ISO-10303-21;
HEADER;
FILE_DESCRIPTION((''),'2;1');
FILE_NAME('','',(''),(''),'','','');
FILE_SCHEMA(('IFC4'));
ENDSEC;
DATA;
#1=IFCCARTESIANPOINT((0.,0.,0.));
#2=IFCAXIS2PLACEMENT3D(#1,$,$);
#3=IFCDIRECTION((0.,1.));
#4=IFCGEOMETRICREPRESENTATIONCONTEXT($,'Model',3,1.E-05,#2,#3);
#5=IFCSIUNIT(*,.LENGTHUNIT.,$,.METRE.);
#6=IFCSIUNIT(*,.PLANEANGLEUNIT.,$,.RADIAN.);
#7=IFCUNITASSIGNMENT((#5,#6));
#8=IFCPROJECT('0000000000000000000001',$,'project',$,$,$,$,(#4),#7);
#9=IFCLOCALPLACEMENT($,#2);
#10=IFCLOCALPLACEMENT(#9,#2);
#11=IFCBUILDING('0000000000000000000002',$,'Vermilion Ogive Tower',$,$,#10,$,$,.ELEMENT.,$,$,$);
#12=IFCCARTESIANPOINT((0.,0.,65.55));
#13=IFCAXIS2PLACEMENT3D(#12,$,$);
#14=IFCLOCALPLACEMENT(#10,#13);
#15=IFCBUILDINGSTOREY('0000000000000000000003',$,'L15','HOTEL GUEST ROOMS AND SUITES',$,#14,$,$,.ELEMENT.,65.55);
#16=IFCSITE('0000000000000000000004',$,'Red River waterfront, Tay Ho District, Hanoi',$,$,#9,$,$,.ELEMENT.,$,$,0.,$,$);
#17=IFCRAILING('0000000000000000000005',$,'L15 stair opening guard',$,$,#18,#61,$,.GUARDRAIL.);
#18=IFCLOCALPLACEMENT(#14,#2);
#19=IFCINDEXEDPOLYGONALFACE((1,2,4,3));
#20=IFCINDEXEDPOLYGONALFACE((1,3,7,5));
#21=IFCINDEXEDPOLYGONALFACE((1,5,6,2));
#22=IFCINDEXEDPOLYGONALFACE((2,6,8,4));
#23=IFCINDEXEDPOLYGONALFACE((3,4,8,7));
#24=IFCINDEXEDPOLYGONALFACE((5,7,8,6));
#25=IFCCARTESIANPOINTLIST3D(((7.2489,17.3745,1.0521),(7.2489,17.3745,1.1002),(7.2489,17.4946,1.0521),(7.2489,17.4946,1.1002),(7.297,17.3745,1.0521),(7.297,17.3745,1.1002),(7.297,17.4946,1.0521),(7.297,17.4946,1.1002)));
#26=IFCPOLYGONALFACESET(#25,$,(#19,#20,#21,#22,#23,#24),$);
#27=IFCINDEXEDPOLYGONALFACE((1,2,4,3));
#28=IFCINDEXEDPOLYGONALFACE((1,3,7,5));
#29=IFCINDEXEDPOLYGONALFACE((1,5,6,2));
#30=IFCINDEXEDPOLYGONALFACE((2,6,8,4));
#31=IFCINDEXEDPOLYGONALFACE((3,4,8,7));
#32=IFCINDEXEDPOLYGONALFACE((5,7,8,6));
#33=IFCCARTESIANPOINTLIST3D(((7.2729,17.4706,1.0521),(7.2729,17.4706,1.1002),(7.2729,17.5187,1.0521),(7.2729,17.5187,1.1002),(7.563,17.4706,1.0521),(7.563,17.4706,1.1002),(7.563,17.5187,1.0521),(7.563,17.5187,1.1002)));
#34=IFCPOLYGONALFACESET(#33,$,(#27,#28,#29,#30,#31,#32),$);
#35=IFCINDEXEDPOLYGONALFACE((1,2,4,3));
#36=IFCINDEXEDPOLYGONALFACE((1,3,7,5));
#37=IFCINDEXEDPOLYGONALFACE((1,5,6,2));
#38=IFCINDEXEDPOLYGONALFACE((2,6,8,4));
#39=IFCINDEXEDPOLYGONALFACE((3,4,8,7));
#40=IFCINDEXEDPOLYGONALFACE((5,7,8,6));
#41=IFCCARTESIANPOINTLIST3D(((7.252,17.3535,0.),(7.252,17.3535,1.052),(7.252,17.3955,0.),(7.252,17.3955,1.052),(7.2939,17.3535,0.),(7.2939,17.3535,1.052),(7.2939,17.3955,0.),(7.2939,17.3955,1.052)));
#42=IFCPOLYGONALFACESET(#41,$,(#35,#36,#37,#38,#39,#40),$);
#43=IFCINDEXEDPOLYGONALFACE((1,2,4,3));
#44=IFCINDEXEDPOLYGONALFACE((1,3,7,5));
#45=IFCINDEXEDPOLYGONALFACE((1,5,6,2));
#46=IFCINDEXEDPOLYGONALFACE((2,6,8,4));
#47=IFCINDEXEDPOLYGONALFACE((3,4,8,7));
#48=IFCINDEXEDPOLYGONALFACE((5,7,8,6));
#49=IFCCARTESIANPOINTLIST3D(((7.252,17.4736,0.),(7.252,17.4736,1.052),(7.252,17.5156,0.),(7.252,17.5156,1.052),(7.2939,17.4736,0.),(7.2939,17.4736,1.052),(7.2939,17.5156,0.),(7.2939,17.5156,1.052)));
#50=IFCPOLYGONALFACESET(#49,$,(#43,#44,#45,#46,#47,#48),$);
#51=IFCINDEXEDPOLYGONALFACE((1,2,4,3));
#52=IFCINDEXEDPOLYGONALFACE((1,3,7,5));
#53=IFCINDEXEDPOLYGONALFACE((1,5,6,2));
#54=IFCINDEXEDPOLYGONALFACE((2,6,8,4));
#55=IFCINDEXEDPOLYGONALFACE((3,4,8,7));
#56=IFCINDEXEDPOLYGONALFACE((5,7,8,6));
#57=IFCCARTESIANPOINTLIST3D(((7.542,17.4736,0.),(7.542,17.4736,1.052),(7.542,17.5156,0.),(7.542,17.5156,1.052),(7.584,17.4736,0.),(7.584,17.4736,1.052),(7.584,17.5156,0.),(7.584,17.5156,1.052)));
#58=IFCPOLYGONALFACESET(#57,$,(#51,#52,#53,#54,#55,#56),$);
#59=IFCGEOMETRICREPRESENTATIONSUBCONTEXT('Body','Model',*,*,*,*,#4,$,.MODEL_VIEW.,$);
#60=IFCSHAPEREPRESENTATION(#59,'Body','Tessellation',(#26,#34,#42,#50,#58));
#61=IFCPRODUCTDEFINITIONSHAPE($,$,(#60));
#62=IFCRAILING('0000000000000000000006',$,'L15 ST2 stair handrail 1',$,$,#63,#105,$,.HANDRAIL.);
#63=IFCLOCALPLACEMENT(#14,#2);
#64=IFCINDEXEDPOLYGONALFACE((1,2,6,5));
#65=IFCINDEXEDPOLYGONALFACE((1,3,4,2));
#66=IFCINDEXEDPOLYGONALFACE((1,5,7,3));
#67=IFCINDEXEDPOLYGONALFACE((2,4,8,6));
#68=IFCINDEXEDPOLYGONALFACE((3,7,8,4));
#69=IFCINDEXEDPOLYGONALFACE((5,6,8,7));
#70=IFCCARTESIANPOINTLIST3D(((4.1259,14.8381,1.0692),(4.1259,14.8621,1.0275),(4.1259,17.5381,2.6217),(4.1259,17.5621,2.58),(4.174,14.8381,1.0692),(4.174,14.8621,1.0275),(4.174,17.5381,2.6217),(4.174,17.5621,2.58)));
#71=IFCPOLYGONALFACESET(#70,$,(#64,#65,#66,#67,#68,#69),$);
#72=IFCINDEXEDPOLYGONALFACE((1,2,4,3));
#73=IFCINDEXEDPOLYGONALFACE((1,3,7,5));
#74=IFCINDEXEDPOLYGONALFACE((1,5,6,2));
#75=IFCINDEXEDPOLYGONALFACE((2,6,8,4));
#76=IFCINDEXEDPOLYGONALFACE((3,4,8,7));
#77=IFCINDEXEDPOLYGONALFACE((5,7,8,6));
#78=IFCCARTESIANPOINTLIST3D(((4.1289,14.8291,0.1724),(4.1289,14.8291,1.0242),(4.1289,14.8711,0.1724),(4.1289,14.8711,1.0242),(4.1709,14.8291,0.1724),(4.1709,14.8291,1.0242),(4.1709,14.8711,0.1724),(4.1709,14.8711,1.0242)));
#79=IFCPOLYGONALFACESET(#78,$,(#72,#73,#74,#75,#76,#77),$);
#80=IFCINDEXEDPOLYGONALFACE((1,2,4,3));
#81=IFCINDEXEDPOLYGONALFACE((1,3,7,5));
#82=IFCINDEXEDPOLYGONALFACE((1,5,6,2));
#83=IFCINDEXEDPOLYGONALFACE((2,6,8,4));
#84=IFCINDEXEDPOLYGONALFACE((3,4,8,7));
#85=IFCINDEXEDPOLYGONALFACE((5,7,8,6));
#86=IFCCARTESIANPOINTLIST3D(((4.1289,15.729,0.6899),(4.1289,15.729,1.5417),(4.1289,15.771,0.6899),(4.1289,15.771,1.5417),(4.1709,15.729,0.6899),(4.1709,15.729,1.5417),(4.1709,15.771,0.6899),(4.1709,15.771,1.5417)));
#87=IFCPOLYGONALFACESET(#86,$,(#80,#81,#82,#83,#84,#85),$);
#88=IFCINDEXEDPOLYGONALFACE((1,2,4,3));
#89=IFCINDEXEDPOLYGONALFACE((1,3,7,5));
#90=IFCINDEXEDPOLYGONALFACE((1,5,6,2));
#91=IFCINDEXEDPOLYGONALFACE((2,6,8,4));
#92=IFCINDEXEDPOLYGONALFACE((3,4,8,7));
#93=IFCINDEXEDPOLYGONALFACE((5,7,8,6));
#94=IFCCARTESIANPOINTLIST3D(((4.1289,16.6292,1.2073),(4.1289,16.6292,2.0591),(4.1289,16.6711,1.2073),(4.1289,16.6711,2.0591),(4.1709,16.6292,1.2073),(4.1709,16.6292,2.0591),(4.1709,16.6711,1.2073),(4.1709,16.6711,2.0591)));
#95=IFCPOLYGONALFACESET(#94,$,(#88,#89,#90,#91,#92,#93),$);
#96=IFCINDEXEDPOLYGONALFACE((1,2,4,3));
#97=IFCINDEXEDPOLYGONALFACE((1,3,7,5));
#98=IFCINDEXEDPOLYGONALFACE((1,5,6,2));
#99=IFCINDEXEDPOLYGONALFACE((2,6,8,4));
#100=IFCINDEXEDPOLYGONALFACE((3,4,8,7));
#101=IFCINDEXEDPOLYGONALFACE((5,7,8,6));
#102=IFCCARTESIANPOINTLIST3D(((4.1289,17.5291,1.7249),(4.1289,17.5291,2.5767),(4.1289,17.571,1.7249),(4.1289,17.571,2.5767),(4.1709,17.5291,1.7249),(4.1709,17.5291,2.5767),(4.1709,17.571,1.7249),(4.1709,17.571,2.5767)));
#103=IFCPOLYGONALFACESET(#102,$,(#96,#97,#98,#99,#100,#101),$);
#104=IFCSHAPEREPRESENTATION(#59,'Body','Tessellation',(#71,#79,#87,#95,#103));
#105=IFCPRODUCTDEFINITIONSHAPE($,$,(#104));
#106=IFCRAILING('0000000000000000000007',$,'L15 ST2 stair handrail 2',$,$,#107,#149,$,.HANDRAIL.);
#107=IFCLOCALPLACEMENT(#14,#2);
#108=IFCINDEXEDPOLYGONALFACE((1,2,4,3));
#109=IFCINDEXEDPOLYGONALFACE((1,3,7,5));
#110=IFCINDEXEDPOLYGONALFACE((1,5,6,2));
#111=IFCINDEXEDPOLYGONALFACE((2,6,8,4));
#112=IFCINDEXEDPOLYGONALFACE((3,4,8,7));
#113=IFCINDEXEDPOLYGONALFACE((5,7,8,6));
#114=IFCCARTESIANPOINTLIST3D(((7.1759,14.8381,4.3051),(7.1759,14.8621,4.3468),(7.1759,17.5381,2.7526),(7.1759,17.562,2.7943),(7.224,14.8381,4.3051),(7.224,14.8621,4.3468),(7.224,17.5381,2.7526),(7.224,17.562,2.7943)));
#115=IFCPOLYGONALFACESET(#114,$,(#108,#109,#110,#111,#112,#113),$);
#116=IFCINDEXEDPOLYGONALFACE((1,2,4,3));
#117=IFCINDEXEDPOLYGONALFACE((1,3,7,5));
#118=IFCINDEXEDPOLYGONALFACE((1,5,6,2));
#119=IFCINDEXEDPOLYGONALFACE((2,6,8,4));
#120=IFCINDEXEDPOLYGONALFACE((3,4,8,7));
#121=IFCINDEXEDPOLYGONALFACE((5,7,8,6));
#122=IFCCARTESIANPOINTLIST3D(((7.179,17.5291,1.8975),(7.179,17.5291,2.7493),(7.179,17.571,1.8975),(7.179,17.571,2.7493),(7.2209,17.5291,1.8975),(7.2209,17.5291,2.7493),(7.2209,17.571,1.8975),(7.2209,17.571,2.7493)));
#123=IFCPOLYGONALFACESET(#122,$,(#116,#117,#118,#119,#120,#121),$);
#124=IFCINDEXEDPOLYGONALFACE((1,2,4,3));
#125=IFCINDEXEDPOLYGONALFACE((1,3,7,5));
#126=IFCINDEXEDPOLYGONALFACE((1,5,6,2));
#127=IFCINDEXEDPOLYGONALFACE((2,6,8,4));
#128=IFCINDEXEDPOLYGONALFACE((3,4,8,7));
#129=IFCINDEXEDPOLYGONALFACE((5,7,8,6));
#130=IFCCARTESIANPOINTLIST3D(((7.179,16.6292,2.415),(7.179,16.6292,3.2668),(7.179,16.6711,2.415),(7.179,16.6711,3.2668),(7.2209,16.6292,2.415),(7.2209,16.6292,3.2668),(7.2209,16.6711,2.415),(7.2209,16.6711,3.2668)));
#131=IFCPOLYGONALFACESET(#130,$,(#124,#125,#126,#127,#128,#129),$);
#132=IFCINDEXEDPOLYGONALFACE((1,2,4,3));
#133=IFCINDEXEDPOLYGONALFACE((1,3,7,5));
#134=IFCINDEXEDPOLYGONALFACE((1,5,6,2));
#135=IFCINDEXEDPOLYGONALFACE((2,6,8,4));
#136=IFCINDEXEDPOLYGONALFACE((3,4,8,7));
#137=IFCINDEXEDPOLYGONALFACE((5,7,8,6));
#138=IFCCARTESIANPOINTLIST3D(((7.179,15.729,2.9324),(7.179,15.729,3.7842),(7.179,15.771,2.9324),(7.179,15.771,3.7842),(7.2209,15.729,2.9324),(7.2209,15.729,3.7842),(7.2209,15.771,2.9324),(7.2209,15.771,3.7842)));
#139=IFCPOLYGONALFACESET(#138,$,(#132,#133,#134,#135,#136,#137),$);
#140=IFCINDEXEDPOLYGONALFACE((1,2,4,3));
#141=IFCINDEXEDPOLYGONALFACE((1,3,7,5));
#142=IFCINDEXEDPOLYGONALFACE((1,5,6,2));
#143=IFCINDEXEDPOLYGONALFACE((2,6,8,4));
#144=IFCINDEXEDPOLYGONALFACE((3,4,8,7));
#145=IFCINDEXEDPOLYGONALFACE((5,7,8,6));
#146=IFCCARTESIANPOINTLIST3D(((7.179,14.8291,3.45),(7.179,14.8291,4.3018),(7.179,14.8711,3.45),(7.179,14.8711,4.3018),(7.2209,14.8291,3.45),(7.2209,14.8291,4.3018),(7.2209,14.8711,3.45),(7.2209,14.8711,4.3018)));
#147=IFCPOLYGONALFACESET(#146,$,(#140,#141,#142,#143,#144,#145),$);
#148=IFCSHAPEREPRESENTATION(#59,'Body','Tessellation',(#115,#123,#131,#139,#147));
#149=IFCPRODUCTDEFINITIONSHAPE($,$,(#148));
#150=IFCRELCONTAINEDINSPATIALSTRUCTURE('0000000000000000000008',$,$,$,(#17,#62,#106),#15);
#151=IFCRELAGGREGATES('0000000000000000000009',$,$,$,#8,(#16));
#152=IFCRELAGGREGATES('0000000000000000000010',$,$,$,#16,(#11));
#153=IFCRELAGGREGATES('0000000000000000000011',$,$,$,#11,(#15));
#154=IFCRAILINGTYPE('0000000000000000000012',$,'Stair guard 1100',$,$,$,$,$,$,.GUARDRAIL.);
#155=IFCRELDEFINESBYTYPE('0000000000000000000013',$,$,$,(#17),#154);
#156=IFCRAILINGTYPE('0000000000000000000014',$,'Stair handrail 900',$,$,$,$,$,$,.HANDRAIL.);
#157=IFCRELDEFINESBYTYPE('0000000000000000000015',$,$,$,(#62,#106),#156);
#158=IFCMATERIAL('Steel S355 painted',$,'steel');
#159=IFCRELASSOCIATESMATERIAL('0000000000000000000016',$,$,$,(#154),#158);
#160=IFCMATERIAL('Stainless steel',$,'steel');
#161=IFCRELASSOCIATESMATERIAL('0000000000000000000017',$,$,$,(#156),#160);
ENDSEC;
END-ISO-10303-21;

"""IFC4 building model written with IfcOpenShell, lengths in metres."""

from ifc_helpers import new_model, si_unit, direction, frame, origin, origin_2d, place, context, subcontext, project, spatial, rectangle, extrude, material, type_object, element, save


model = new_model("IFC4")

# Units and contexts
model_context = context("Model", 3, precision=1e-05, world=origin(), true_north=direction((0.0, 1.0)))
body_context = subcontext(model_context, "Body", "Model", "MODEL_VIEW")
ifc_project = project(units=[si_unit("LENGTHUNIT", "METRE"), si_unit("PLANEANGLEUNIT", "RADIAN")], contexts=[model_context])

# Site, building, storey
site_placement = place(None, origin())
site = spatial("IfcSite", under=ifc_project, at=site_placement, Name="Red River waterfront, Tay Ho District, Hanoi", CompositionType="ELEMENT", RefElevation=0.0)
building_placement = place(site_placement, origin())
building = spatial("IfcBuilding", under=site, at=building_placement, Name="Vermilion Ogive Tower", CompositionType="ELEMENT")
storey_placement = place(building_placement, frame((0.0, 0.0, 65.55)))
storey = spatial("IfcBuildingStorey", under=building, at=storey_placement, Name="L15", Description="HOTEL GUEST ROOMS AND SUITES", CompositionType="ELEMENT", Elevation=65.55)

# Railings
ifc_material_1 = material(Name="Steel S355 painted", Category="steel")
railing_type_1 = type_object("IfcRailingType", Name="Stair guard 1100", PredefinedType="GUARDRAIL", material=ifc_material_1)
railing_1_placement = place(storey_placement, frame((7.2729, 17.3745, 0.0)))
element("IfcRailing", 1, at=railing_1_placement, inside=storey, type_object=railing_type_1, Name="L15 stair opening guard", PredefinedType="GUARDRAIL", context=body_context, shape_type="SweptSolid", body=[
    extrude(rectangle(XDim=0.0481, YDim=0.0481, at=origin_2d()), frame((0.0, 0.0, 1.0762), z_axis=(0.0, 1.0, 0.0), x_axis=(-1.0, 0.0, 0.0)), (0.0, 0.0, 1.0), 0.1201),
    extrude(rectangle(XDim=0.0481, YDim=0.0481, at=origin_2d()), frame((0.0, 0.1201, 1.0762), z_axis=(1.0, 0.0, 0.0), x_axis=(0.0, 1.0, 0.0)), (0.0, 0.0, 1.0), 0.29),
    extrude(rectangle(XDim=0.042, YDim=0.042, at=origin_2d()), origin(), (0.0, 0.0, 1.0), 1.052),
    extrude(rectangle(XDim=0.042, YDim=0.042, at=origin_2d()), frame((0.0, 0.1201, 0.0)), (0.0, 0.0, 1.0), 1.052),
    extrude(rectangle(XDim=0.042, YDim=0.042, at=origin_2d()), frame((0.29, 0.1201, 0.0)), (0.0, 0.0, 1.0), 1.052),
])
ifc_material_2 = material(Name="Stainless steel", Category="steel")
railing_type_2 = type_object("IfcRailingType", Name="Stair handrail 900", PredefinedType="HANDRAIL", material=ifc_material_2)
railing_2_placement = place(storey_placement, frame((4.1499, 14.8501, 0.1724)))
element("IfcRailing", 2, at=railing_2_placement, inside=storey, type_object=railing_type_2, Name="L15 ST2 stair handrail 1", PredefinedType="HANDRAIL", context=body_context, shape_type="SweptSolid", body=[
    extrude(rectangle(XDim=0.0481, YDim=0.0481, at=origin_2d()), frame((0.0, 0.0, 0.876), z_axis=(0.0, 0.866904, 0.498476), x_axis=(-1.0, 0.0, 0.0)), (0.0, 0.0, 1.0), 3.1145),
    extrude(rectangle(XDim=0.042, YDim=0.042, at=origin_2d()), origin(), (0.0, 0.0, 1.0), 0.8518),
    extrude(rectangle(XDim=0.042, YDim=0.042, at=origin_2d()), frame((0.0, 0.8999, 0.5176)), (0.0, 0.0, 1.0), 0.8518),
    extrude(rectangle(XDim=0.042, YDim=0.042, at=origin_2d()), frame((0.0, 1.8, 1.0349)), (0.0, 0.0, 1.0), 0.8518),
    extrude(rectangle(XDim=0.042, YDim=0.042, at=origin_2d()), frame((0.0, 2.7, 1.5525)), (0.0, 0.0, 1.0), 0.8518),
])
railing_3_placement = place(storey_placement, frame((7.2, 17.55, 1.8975)))
element("IfcRailing", 3, at=railing_3_placement, inside=storey, type_object=railing_type_2, Name="L15 ST2 stair handrail 2", PredefinedType="HANDRAIL", context=body_context, shape_type="SweptSolid", body=[
    extrude(rectangle(XDim=0.0481, YDim=0.0481, at=origin_2d()), frame((0.0, 0.0, 0.876), z_axis=(0.0, -0.866904, 0.498476), x_axis=(1.0, 0.0, 0.0)), (0.0, 0.0, 1.0), 3.1145),
    extrude(rectangle(XDim=0.042, YDim=0.042, at=origin_2d()), origin(), (0.0, 0.0, 1.0), 0.8518),
    extrude(rectangle(XDim=0.042, YDim=0.042, at=origin_2d()), frame((0.0, -0.8999, 0.5176)), (0.0, 0.0, 1.0), 0.8518),
    extrude(rectangle(XDim=0.042, YDim=0.042, at=origin_2d()), frame((0.0, -1.8, 1.0349)), (0.0, 0.0, 1.0), 0.8518),
    extrude(rectangle(XDim=0.042, YDim=0.042, at=origin_2d()), frame((0.0, -2.7, 1.5525)), (0.0, 0.0, 1.0), 0.8518),
])

save(model, "model.ifc")
